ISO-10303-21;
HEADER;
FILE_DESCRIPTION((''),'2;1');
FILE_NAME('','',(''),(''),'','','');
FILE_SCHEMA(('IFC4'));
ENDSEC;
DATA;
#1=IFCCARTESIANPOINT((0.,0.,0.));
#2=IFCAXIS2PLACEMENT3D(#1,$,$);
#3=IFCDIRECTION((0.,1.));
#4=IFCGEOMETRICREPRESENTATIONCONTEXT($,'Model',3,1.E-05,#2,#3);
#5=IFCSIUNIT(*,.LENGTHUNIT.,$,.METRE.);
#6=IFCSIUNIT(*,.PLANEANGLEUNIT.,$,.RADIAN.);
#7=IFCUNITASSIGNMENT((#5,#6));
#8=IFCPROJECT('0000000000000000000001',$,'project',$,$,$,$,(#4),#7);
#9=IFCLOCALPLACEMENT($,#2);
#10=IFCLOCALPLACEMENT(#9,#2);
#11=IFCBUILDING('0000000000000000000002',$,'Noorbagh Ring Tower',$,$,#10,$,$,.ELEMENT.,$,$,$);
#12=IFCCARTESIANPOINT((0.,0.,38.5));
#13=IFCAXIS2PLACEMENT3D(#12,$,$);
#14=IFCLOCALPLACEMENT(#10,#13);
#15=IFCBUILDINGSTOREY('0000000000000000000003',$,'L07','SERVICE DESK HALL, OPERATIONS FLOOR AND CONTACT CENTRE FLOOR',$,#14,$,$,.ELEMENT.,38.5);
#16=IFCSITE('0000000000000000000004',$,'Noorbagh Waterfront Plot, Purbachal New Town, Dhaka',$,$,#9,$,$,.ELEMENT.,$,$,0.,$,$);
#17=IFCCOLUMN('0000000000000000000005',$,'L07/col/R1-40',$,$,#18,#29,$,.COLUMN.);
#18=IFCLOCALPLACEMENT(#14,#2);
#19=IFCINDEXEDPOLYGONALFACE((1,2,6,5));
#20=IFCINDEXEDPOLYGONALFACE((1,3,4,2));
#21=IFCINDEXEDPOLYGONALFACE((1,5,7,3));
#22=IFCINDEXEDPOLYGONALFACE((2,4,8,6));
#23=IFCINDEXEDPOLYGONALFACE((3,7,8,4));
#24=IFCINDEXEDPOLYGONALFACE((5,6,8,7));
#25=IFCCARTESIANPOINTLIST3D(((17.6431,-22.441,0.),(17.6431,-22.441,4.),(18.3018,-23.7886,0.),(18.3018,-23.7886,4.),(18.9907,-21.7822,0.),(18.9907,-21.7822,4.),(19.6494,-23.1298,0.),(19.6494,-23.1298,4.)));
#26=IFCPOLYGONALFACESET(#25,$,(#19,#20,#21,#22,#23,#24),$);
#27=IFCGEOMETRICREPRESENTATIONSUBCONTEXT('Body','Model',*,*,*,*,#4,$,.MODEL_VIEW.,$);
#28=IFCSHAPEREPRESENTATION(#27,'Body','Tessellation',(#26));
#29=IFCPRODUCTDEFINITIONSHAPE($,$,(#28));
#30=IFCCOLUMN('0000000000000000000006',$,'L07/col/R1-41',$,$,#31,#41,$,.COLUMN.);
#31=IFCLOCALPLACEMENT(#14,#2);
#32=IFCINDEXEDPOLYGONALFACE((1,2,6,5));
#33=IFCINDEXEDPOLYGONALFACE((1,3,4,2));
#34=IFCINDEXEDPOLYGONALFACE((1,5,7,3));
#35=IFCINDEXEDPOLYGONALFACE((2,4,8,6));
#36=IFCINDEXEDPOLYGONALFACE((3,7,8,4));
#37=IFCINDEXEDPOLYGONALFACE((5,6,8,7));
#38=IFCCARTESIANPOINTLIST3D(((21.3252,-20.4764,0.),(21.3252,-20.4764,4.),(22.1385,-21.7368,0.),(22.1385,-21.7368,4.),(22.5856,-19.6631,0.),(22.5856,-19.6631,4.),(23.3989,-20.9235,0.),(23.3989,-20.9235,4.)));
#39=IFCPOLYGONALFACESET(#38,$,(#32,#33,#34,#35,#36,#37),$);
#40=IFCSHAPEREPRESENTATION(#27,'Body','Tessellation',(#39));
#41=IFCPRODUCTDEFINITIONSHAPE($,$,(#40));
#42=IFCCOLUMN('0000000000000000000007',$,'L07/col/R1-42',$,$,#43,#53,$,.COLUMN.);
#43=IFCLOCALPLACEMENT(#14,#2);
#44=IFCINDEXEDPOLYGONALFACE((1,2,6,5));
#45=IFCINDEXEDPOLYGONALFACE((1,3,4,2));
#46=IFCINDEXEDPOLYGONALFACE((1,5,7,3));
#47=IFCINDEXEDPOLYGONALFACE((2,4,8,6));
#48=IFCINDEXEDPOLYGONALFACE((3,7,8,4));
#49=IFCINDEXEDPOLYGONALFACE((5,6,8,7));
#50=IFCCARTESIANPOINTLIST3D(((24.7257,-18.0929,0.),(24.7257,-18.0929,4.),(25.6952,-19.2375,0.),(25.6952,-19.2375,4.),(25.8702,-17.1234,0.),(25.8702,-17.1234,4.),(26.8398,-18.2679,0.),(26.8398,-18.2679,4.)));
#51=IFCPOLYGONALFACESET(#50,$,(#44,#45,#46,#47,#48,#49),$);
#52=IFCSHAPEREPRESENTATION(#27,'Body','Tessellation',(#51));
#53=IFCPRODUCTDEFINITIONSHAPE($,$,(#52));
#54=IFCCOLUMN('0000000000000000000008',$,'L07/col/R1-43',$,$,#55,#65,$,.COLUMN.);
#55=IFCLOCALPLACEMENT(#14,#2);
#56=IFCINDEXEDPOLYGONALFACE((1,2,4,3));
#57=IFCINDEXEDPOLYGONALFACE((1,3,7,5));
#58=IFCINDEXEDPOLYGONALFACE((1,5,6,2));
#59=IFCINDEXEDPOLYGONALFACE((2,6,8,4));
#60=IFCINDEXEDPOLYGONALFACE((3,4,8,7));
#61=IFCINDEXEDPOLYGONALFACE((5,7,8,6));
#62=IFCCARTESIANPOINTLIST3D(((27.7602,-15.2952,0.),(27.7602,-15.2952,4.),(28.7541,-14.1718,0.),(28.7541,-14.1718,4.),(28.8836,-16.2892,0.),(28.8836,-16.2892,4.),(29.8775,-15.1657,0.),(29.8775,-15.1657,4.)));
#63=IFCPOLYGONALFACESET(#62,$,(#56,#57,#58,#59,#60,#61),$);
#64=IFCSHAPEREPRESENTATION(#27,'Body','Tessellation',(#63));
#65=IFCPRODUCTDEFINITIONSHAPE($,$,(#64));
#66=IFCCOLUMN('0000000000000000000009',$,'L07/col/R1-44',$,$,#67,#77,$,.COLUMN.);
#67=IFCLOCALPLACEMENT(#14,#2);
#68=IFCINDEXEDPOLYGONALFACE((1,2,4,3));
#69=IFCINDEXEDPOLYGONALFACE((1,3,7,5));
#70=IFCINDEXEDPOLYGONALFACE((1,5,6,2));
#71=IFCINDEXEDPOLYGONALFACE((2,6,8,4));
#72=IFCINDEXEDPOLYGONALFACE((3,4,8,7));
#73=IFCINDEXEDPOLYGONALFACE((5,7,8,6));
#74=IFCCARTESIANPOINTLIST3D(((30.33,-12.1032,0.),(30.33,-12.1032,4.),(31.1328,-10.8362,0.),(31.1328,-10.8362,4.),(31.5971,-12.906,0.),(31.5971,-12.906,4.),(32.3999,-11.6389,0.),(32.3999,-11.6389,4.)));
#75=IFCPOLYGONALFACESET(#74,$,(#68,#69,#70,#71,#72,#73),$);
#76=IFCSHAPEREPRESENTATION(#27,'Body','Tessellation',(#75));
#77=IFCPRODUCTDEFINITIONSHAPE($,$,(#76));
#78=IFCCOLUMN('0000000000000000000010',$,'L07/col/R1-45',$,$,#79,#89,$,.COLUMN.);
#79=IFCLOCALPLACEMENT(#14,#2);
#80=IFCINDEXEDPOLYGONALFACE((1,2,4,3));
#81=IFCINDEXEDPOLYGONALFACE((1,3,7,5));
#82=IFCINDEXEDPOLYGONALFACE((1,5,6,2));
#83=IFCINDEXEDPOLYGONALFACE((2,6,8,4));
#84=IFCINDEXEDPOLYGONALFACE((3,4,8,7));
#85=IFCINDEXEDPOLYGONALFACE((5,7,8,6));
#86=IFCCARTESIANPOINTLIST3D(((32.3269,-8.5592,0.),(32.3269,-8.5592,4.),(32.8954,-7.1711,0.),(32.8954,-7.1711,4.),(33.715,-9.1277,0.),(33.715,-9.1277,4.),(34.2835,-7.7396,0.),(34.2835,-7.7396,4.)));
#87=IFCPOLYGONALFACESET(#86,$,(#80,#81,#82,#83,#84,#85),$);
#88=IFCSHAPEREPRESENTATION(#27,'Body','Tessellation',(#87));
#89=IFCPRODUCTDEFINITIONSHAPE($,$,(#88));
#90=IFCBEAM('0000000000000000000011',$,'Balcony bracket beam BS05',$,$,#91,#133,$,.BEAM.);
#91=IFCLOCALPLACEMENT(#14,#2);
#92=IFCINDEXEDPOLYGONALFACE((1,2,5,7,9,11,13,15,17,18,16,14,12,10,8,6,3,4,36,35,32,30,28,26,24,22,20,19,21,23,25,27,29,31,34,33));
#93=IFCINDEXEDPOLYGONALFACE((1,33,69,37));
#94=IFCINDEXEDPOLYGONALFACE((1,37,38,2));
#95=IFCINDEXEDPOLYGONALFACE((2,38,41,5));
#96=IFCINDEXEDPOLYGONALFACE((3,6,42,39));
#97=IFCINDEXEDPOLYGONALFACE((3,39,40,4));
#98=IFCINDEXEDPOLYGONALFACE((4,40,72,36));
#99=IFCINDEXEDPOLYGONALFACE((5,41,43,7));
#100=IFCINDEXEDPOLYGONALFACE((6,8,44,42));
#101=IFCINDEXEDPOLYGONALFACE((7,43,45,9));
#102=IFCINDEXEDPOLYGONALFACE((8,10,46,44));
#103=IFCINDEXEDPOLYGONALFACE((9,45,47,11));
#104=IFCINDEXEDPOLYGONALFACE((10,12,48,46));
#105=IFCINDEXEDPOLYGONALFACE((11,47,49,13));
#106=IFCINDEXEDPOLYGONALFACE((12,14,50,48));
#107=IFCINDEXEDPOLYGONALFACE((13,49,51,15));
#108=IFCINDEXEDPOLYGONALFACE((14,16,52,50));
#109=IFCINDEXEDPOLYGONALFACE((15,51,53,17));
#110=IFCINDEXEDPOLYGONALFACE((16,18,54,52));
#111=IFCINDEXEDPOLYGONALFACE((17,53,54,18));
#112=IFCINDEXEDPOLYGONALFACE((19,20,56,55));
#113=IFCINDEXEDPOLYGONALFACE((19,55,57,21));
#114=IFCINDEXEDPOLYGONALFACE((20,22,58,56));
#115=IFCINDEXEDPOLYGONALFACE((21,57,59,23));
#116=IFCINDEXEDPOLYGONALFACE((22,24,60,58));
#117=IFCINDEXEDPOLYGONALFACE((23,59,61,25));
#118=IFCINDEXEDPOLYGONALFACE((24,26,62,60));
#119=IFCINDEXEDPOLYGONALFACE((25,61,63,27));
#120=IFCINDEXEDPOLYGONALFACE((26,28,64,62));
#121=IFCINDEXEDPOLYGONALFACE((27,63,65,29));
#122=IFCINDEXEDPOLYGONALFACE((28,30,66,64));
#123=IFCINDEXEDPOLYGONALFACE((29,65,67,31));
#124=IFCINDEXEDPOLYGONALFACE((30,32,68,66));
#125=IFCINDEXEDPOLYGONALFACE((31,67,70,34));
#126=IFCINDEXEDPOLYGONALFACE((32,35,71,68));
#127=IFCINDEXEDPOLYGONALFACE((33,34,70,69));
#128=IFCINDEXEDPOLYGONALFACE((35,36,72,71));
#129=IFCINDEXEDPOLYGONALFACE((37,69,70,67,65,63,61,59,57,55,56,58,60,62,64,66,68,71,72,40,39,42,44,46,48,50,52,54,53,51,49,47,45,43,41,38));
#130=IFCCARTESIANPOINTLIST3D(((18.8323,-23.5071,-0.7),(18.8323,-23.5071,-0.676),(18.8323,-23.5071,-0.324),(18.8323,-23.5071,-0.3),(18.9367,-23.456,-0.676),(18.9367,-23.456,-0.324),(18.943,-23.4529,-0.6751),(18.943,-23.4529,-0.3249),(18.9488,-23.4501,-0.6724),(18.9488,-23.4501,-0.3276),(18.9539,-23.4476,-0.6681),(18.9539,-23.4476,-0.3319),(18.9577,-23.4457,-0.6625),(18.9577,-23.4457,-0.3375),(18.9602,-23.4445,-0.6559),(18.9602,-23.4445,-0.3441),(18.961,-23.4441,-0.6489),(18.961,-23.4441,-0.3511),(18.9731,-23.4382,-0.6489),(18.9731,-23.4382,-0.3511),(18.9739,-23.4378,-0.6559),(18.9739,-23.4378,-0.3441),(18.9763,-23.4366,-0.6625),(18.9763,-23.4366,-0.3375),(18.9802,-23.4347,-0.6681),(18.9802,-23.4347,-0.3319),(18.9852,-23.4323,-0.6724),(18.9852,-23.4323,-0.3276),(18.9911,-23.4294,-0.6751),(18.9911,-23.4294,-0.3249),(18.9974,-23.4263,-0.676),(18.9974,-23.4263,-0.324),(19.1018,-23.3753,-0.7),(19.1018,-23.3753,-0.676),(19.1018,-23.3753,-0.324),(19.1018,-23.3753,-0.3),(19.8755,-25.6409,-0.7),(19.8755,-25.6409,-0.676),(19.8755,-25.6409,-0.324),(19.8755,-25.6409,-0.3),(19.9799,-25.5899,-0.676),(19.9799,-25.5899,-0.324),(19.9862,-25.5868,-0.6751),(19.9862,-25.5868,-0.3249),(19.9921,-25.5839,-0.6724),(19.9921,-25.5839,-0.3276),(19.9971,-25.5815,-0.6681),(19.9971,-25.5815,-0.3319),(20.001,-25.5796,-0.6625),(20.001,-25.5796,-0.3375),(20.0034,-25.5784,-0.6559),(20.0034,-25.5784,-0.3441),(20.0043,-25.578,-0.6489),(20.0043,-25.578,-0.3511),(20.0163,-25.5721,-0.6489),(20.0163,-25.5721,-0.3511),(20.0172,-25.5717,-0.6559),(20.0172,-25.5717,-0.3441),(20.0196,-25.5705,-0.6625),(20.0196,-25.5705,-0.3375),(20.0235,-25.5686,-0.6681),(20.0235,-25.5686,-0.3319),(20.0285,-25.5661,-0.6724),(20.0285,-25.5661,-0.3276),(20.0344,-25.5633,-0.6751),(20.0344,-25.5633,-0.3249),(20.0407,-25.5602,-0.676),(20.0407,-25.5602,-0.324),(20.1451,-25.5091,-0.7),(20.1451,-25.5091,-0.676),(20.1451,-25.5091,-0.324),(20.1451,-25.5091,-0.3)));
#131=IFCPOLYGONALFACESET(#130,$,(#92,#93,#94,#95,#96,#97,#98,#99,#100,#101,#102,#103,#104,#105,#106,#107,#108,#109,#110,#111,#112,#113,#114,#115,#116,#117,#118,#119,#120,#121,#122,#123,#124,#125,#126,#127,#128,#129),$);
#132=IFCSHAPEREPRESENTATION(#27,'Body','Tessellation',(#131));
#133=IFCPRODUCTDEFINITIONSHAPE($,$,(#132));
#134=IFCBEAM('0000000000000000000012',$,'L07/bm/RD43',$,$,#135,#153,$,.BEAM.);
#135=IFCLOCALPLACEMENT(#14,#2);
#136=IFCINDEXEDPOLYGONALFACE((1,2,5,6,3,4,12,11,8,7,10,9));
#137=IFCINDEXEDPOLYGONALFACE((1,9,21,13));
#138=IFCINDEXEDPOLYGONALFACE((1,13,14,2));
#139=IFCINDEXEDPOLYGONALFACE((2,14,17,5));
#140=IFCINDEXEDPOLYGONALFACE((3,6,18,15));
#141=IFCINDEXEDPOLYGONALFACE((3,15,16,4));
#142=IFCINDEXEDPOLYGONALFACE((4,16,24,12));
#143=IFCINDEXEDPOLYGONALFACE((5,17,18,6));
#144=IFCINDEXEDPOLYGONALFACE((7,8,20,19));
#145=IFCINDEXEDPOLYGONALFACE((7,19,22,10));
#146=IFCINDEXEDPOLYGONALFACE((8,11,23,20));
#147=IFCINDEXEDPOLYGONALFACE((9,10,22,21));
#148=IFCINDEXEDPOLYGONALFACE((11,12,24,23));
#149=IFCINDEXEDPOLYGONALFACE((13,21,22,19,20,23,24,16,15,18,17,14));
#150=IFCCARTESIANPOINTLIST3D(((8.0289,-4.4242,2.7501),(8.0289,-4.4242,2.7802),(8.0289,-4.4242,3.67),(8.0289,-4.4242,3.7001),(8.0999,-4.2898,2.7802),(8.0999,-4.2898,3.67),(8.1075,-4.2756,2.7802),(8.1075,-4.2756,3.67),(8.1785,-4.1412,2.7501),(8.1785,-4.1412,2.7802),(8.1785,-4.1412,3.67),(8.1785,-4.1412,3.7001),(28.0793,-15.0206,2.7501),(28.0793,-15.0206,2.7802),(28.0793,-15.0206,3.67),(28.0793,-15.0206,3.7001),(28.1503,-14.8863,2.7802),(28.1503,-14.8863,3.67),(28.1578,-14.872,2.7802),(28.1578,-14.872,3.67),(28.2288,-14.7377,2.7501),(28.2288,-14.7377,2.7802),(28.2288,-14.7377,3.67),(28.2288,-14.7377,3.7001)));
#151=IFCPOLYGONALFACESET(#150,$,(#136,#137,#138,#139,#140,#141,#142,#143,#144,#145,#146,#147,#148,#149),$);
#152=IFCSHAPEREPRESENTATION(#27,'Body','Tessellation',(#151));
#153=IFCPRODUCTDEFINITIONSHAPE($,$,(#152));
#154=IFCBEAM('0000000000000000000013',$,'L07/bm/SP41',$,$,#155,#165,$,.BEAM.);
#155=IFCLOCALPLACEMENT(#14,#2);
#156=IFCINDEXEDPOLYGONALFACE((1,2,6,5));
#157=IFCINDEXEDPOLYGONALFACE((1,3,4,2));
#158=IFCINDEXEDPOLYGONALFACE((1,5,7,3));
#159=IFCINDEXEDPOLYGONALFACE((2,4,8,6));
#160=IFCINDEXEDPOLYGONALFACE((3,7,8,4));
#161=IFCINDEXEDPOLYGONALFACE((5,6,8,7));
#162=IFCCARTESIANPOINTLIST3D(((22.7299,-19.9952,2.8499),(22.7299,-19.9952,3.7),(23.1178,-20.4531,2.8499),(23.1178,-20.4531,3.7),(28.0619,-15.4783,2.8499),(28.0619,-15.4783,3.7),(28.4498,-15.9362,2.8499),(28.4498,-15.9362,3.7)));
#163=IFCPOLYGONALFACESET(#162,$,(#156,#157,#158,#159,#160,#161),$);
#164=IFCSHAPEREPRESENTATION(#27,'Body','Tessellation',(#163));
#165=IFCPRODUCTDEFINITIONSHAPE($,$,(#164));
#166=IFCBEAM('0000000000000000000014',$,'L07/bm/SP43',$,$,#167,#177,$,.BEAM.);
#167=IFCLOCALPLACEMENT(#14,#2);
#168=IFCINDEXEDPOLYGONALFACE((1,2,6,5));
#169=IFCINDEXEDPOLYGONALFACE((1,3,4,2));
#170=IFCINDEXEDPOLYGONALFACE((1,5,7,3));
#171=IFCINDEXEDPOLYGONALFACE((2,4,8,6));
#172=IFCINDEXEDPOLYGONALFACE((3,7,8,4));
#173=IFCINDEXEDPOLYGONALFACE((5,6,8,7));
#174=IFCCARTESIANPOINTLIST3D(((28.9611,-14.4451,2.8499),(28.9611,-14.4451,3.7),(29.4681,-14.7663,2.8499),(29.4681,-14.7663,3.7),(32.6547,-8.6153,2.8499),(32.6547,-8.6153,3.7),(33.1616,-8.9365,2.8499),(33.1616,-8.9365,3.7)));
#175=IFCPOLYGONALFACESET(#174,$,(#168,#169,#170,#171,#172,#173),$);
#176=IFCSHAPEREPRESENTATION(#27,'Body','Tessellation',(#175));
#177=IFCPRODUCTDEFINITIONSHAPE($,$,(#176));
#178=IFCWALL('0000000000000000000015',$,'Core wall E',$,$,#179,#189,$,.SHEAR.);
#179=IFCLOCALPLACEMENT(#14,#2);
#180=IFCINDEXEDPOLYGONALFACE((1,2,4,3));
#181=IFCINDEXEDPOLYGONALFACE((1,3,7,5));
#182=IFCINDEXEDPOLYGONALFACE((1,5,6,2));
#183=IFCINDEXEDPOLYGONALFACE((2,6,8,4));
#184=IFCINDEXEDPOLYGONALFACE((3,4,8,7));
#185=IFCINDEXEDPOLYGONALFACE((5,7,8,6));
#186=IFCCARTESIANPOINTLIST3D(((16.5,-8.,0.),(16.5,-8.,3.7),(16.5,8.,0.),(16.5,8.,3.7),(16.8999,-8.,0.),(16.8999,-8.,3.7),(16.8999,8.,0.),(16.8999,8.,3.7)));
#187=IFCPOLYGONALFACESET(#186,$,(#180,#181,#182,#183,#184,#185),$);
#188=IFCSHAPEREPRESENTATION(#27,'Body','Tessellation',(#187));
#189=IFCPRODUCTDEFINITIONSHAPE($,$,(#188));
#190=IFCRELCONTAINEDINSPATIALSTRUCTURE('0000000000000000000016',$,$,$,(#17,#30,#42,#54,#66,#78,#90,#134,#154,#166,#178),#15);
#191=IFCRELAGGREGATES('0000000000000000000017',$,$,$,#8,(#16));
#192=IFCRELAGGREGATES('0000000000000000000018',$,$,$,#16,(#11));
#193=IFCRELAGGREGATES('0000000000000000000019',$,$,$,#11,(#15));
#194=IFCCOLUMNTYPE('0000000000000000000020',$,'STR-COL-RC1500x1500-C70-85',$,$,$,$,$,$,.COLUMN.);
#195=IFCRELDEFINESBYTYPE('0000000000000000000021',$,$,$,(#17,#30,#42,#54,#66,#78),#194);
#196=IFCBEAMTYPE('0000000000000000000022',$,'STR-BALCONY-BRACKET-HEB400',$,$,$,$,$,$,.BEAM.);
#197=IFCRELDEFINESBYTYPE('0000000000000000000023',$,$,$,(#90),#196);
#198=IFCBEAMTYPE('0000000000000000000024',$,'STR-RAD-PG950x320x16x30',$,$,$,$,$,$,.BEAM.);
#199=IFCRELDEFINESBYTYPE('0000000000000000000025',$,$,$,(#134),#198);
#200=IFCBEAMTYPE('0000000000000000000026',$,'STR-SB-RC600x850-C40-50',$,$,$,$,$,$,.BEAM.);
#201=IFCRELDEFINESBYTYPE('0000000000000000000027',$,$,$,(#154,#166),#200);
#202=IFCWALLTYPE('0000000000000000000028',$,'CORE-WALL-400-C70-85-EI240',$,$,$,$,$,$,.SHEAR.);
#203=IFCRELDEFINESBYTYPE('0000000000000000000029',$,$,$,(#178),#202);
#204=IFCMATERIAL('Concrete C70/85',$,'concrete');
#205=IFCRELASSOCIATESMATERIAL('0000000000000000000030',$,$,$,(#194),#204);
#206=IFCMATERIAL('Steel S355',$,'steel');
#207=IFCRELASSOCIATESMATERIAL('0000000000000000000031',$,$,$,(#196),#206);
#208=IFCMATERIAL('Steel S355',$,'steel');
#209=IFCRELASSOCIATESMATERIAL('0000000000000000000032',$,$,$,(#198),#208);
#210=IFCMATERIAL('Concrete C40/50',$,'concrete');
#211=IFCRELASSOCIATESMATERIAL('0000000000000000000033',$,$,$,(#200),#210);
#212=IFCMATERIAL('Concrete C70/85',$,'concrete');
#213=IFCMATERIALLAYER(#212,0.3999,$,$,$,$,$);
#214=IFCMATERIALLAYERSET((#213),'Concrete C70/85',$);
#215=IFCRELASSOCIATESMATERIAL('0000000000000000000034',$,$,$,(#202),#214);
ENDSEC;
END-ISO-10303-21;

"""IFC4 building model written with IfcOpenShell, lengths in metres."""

from ifc_helpers import new_model, si_unit, direction, frame, frame_2d, origin, origin_2d, place, context, subcontext, project, spatial, rectangle, i_section, extrude, material, layer, layer_set, material_profile, profile_set, type_object, element, save


model = new_model("IFC4")

# Units and contexts
model_context = context("Model", 3, precision=1e-05, world=origin(), true_north=direction((0.0, 1.0)))
body_context = subcontext(model_context, "Body", "Model", "MODEL_VIEW")
ifc_project = project(units=[si_unit("LENGTHUNIT", "METRE"), si_unit("PLANEANGLEUNIT", "RADIAN")], contexts=[model_context])

# Site, building, storey
site_placement = place(None, origin())
site = spatial("IfcSite", under=ifc_project, at=site_placement, Name="Noorbagh Waterfront Plot, Purbachal New Town, Dhaka", CompositionType="ELEMENT", RefElevation=0.0)
building_placement = place(site_placement, origin())
building = spatial("IfcBuilding", under=site, at=building_placement, Name="Noorbagh Ring Tower", CompositionType="ELEMENT")
storey_placement = place(building_placement, frame((0.0, 0.0, 38.5)))
storey = spatial("IfcBuildingStorey", under=building, at=storey_placement, Name="L07", Description="SERVICE DESK HALL, OPERATIONS FLOOR AND CONTACT CENTRE FLOOR", CompositionType="ELEMENT", Elevation=38.5)

# Columns
ifc_material_1 = material(Name="Concrete C70/85", Category="concrete")
ifc_material_profile_1 = material_profile(ifc_material_1, rectangle(XDim=1.5, YDim=1.5, at=origin_2d()), Name="RC1500x1500")
ifc_profile_set_1 = profile_set([ifc_material_profile_1], Name="Concrete C70/85")
column_type = type_object("IfcColumnType", Name="STR-COL-RC1500x1500-C70-85", PredefinedType="COLUMN", material=ifc_profile_set_1)
for number, where, z_axis, x_axis, name in (
    (1, (18.6462, -22.7854, 0.0), (0.0, 0.0, 1.0), (0.898399, 0.43918, 0.0), "L07/col/R1-40"),
    (2, (22.3621, -20.7, 0.0), (0.0, 0.0, 1.0), (0.840248, 0.542203, 0.0), "L07/col/R1-41"),
    (3, (25.7827, -18.1804, 0.0), (0.0, 0.0, 1.0), (0.763035, 0.646357, 0.0), "L07/col/R1-42"),
    (4, (28.8188, -15.2305, 0.0), (0.0, 0.0, 1.0), (0.662636, 0.748942, 0.0), "L07/col/R1-43"),
    (5, (31.365, -11.8711, 0.0), (0.0, 0.0, 1.0), (0.53519, 0.844731, 0.0), "L07/col/R1-44"),
    (6, (33.3052, -8.1494, 0.0), (0.0, 0.0, 1.0), (0.378989, 0.925401, 0.0), "L07/col/R1-45"),
):
    element("IfcColumn", number, at=place(storey_placement, frame(where, z_axis=z_axis, x_axis=x_axis)), inside=storey, type_object=column_type, Name=name, PredefinedType="COLUMN", context=body_context, shape_type="SweptSolid", body=[
        extrude(rectangle(XDim=1.5, YDim=1.5, at=origin_2d()), origin(), (0.0, 0.0, 1.0), 4.0),
    ])

# Beams
ifc_material_2 = material(Name="Steel S355", Category="steel")
ifc_material_profile_2 = material_profile(ifc_material_2, i_section(OverallWidth=0.3, OverallDepth=0.3999, WebThickness=0.0134, FlangeThickness=0.0239, FilletRadius=0.0271, at=origin_2d()), Name="HEB400")
ifc_profile_set_2 = profile_set([ifc_material_profile_2], Name="Steel S355")
beam_type_1 = type_object("IfcBeamType", Name="STR-BALCONY-BRACKET-HEB400", PredefinedType="BEAM", material=ifc_profile_set_2)
beam_1_placement = place(storey_placement, frame((18.967, -23.4412, -0.5), z_axis=(0.439219, -0.89838, 0.0), x_axis=(0.89838, 0.439219, 0.0)))
element("IfcBeam", 7, at=beam_1_placement, inside=storey, type_object=beam_type_1, Name="Balcony bracket beam BS05", PredefinedType="BEAM", context=body_context, shape_type="SweptSolid", body=[
    extrude(i_section(OverallWidth=0.3, OverallDepth=0.3999, WebThickness=0.0134, FlangeThickness=0.0239, FilletRadius=0.0271, at=origin_2d()), origin(), (0.0, 0.0, 1.0), 2.3752),
])
ifc_material_3 = material(Name="Steel S355", Category="steel")
ifc_material_profile_3 = material_profile(ifc_material_3, i_section(OverallWidth=0.3201, OverallDepth=0.95, WebThickness=0.0161, FlangeThickness=0.03, at=origin_2d()), Name="PG950x320x16x30")
ifc_profile_set_3 = profile_set([ifc_material_profile_3], Name="Steel S355")
beam_type_2 = type_object("IfcBeamType", Name="STR-RAD-PG950x320x16x30", PredefinedType="BEAM", material=ifc_profile_set_3)
beam_2_placement = place(storey_placement, frame((28.1541, -14.8792, 3.2251), z_axis=(-0.884124, 0.467253, 0.0), x_axis=(-0.467253, -0.884124, 0.0)))
element("IfcBeam", 8, at=beam_2_placement, inside=storey, type_object=beam_type_2, Name="L07/bm/RD43", PredefinedType="BEAM", context=body_context, shape_type="SweptSolid", body=[
    extrude(i_section(OverallWidth=0.3201, OverallDepth=0.95, WebThickness=0.0161, FlangeThickness=0.03, at=origin_2d()), origin(), (0.0, 0.0, 1.0), 22.6782),
])
ifc_material_4 = material(Name="Concrete C40/50", Category="concrete")
ifc_material_profile_4 = material_profile(ifc_material_4, rectangle(XDim=0.6001, YDim=0.8501, at=origin_2d()), Name="RC600x850")
ifc_profile_set_4 = profile_set([ifc_material_profile_4], Name="Concrete C40/50")
beam_type_3 = type_object("IfcBeamType", Name="STR-SB-RC600x850-C40-50", PredefinedType="BEAM", material=ifc_profile_set_4)
beam_3_placement = place(storey_placement, frame((22.9238, -20.2241, 3.2749), z_axis=(0.763024, 0.64637, 0.0), x_axis=(-0.64637, 0.763024, 0.0)))
element("IfcBeam", 9, at=beam_3_placement, inside=storey, type_object=beam_type_3, Name="L07/bm/SP41", PredefinedType="BEAM", context=body_context, shape_type="SweptSolid", body=[
    extrude(rectangle(XDim=0.6001, YDim=0.8501, at=origin_2d()), origin(), (0.0, 0.0, 1.0), 6.988),
])
beam_4_placement = place(storey_placement, frame((29.2146, -14.6057, 3.2749), z_axis=(0.535194, 0.844729, 0.0), x_axis=(-0.844729, 0.535194, 0.0)))
element("IfcBeam", 10, at=beam_4_placement, inside=storey, type_object=beam_type_3, Name="L07/bm/SP43", PredefinedType="BEAM", context=body_context, shape_type="SweptSolid", body=[
    extrude(rectangle(XDim=0.6001, YDim=0.8501, at=origin_2d()), origin(), (0.0, 0.0, 1.0), 6.9014),
])

# Wall
ifc_material_5 = material(Name="Concrete C70/85", Category="concrete")
ifc_layer_1 = layer(ifc_material_5, 0.3999)
ifc_layer_set_1 = layer_set([ifc_layer_1], Name="Concrete C70/85")
wall_type_1 = type_object("IfcWallType", Name="CORE-WALL-400-C70-85-EI240", PredefinedType="SHEAR", material=ifc_layer_set_1)
wall_1_placement = place(storey_placement, frame((16.7, -8.0, 0.0), z_axis=(0.0, 0.0, 1.0), x_axis=(0.0, 1.0, 0.0)))
element("IfcWall", 11, at=wall_1_placement, inside=storey, type_object=wall_type_1, Name="Core wall E", PredefinedType="SHEAR", context=body_context, shape_type="SweptSolid", body=[
    extrude(rectangle(XDim=16.0, YDim=0.3999, at=frame_2d((8.0, 0.0))), origin(), (0.0, 0.0, 1.0), 3.7),
])

save(model, "model.ifc")
